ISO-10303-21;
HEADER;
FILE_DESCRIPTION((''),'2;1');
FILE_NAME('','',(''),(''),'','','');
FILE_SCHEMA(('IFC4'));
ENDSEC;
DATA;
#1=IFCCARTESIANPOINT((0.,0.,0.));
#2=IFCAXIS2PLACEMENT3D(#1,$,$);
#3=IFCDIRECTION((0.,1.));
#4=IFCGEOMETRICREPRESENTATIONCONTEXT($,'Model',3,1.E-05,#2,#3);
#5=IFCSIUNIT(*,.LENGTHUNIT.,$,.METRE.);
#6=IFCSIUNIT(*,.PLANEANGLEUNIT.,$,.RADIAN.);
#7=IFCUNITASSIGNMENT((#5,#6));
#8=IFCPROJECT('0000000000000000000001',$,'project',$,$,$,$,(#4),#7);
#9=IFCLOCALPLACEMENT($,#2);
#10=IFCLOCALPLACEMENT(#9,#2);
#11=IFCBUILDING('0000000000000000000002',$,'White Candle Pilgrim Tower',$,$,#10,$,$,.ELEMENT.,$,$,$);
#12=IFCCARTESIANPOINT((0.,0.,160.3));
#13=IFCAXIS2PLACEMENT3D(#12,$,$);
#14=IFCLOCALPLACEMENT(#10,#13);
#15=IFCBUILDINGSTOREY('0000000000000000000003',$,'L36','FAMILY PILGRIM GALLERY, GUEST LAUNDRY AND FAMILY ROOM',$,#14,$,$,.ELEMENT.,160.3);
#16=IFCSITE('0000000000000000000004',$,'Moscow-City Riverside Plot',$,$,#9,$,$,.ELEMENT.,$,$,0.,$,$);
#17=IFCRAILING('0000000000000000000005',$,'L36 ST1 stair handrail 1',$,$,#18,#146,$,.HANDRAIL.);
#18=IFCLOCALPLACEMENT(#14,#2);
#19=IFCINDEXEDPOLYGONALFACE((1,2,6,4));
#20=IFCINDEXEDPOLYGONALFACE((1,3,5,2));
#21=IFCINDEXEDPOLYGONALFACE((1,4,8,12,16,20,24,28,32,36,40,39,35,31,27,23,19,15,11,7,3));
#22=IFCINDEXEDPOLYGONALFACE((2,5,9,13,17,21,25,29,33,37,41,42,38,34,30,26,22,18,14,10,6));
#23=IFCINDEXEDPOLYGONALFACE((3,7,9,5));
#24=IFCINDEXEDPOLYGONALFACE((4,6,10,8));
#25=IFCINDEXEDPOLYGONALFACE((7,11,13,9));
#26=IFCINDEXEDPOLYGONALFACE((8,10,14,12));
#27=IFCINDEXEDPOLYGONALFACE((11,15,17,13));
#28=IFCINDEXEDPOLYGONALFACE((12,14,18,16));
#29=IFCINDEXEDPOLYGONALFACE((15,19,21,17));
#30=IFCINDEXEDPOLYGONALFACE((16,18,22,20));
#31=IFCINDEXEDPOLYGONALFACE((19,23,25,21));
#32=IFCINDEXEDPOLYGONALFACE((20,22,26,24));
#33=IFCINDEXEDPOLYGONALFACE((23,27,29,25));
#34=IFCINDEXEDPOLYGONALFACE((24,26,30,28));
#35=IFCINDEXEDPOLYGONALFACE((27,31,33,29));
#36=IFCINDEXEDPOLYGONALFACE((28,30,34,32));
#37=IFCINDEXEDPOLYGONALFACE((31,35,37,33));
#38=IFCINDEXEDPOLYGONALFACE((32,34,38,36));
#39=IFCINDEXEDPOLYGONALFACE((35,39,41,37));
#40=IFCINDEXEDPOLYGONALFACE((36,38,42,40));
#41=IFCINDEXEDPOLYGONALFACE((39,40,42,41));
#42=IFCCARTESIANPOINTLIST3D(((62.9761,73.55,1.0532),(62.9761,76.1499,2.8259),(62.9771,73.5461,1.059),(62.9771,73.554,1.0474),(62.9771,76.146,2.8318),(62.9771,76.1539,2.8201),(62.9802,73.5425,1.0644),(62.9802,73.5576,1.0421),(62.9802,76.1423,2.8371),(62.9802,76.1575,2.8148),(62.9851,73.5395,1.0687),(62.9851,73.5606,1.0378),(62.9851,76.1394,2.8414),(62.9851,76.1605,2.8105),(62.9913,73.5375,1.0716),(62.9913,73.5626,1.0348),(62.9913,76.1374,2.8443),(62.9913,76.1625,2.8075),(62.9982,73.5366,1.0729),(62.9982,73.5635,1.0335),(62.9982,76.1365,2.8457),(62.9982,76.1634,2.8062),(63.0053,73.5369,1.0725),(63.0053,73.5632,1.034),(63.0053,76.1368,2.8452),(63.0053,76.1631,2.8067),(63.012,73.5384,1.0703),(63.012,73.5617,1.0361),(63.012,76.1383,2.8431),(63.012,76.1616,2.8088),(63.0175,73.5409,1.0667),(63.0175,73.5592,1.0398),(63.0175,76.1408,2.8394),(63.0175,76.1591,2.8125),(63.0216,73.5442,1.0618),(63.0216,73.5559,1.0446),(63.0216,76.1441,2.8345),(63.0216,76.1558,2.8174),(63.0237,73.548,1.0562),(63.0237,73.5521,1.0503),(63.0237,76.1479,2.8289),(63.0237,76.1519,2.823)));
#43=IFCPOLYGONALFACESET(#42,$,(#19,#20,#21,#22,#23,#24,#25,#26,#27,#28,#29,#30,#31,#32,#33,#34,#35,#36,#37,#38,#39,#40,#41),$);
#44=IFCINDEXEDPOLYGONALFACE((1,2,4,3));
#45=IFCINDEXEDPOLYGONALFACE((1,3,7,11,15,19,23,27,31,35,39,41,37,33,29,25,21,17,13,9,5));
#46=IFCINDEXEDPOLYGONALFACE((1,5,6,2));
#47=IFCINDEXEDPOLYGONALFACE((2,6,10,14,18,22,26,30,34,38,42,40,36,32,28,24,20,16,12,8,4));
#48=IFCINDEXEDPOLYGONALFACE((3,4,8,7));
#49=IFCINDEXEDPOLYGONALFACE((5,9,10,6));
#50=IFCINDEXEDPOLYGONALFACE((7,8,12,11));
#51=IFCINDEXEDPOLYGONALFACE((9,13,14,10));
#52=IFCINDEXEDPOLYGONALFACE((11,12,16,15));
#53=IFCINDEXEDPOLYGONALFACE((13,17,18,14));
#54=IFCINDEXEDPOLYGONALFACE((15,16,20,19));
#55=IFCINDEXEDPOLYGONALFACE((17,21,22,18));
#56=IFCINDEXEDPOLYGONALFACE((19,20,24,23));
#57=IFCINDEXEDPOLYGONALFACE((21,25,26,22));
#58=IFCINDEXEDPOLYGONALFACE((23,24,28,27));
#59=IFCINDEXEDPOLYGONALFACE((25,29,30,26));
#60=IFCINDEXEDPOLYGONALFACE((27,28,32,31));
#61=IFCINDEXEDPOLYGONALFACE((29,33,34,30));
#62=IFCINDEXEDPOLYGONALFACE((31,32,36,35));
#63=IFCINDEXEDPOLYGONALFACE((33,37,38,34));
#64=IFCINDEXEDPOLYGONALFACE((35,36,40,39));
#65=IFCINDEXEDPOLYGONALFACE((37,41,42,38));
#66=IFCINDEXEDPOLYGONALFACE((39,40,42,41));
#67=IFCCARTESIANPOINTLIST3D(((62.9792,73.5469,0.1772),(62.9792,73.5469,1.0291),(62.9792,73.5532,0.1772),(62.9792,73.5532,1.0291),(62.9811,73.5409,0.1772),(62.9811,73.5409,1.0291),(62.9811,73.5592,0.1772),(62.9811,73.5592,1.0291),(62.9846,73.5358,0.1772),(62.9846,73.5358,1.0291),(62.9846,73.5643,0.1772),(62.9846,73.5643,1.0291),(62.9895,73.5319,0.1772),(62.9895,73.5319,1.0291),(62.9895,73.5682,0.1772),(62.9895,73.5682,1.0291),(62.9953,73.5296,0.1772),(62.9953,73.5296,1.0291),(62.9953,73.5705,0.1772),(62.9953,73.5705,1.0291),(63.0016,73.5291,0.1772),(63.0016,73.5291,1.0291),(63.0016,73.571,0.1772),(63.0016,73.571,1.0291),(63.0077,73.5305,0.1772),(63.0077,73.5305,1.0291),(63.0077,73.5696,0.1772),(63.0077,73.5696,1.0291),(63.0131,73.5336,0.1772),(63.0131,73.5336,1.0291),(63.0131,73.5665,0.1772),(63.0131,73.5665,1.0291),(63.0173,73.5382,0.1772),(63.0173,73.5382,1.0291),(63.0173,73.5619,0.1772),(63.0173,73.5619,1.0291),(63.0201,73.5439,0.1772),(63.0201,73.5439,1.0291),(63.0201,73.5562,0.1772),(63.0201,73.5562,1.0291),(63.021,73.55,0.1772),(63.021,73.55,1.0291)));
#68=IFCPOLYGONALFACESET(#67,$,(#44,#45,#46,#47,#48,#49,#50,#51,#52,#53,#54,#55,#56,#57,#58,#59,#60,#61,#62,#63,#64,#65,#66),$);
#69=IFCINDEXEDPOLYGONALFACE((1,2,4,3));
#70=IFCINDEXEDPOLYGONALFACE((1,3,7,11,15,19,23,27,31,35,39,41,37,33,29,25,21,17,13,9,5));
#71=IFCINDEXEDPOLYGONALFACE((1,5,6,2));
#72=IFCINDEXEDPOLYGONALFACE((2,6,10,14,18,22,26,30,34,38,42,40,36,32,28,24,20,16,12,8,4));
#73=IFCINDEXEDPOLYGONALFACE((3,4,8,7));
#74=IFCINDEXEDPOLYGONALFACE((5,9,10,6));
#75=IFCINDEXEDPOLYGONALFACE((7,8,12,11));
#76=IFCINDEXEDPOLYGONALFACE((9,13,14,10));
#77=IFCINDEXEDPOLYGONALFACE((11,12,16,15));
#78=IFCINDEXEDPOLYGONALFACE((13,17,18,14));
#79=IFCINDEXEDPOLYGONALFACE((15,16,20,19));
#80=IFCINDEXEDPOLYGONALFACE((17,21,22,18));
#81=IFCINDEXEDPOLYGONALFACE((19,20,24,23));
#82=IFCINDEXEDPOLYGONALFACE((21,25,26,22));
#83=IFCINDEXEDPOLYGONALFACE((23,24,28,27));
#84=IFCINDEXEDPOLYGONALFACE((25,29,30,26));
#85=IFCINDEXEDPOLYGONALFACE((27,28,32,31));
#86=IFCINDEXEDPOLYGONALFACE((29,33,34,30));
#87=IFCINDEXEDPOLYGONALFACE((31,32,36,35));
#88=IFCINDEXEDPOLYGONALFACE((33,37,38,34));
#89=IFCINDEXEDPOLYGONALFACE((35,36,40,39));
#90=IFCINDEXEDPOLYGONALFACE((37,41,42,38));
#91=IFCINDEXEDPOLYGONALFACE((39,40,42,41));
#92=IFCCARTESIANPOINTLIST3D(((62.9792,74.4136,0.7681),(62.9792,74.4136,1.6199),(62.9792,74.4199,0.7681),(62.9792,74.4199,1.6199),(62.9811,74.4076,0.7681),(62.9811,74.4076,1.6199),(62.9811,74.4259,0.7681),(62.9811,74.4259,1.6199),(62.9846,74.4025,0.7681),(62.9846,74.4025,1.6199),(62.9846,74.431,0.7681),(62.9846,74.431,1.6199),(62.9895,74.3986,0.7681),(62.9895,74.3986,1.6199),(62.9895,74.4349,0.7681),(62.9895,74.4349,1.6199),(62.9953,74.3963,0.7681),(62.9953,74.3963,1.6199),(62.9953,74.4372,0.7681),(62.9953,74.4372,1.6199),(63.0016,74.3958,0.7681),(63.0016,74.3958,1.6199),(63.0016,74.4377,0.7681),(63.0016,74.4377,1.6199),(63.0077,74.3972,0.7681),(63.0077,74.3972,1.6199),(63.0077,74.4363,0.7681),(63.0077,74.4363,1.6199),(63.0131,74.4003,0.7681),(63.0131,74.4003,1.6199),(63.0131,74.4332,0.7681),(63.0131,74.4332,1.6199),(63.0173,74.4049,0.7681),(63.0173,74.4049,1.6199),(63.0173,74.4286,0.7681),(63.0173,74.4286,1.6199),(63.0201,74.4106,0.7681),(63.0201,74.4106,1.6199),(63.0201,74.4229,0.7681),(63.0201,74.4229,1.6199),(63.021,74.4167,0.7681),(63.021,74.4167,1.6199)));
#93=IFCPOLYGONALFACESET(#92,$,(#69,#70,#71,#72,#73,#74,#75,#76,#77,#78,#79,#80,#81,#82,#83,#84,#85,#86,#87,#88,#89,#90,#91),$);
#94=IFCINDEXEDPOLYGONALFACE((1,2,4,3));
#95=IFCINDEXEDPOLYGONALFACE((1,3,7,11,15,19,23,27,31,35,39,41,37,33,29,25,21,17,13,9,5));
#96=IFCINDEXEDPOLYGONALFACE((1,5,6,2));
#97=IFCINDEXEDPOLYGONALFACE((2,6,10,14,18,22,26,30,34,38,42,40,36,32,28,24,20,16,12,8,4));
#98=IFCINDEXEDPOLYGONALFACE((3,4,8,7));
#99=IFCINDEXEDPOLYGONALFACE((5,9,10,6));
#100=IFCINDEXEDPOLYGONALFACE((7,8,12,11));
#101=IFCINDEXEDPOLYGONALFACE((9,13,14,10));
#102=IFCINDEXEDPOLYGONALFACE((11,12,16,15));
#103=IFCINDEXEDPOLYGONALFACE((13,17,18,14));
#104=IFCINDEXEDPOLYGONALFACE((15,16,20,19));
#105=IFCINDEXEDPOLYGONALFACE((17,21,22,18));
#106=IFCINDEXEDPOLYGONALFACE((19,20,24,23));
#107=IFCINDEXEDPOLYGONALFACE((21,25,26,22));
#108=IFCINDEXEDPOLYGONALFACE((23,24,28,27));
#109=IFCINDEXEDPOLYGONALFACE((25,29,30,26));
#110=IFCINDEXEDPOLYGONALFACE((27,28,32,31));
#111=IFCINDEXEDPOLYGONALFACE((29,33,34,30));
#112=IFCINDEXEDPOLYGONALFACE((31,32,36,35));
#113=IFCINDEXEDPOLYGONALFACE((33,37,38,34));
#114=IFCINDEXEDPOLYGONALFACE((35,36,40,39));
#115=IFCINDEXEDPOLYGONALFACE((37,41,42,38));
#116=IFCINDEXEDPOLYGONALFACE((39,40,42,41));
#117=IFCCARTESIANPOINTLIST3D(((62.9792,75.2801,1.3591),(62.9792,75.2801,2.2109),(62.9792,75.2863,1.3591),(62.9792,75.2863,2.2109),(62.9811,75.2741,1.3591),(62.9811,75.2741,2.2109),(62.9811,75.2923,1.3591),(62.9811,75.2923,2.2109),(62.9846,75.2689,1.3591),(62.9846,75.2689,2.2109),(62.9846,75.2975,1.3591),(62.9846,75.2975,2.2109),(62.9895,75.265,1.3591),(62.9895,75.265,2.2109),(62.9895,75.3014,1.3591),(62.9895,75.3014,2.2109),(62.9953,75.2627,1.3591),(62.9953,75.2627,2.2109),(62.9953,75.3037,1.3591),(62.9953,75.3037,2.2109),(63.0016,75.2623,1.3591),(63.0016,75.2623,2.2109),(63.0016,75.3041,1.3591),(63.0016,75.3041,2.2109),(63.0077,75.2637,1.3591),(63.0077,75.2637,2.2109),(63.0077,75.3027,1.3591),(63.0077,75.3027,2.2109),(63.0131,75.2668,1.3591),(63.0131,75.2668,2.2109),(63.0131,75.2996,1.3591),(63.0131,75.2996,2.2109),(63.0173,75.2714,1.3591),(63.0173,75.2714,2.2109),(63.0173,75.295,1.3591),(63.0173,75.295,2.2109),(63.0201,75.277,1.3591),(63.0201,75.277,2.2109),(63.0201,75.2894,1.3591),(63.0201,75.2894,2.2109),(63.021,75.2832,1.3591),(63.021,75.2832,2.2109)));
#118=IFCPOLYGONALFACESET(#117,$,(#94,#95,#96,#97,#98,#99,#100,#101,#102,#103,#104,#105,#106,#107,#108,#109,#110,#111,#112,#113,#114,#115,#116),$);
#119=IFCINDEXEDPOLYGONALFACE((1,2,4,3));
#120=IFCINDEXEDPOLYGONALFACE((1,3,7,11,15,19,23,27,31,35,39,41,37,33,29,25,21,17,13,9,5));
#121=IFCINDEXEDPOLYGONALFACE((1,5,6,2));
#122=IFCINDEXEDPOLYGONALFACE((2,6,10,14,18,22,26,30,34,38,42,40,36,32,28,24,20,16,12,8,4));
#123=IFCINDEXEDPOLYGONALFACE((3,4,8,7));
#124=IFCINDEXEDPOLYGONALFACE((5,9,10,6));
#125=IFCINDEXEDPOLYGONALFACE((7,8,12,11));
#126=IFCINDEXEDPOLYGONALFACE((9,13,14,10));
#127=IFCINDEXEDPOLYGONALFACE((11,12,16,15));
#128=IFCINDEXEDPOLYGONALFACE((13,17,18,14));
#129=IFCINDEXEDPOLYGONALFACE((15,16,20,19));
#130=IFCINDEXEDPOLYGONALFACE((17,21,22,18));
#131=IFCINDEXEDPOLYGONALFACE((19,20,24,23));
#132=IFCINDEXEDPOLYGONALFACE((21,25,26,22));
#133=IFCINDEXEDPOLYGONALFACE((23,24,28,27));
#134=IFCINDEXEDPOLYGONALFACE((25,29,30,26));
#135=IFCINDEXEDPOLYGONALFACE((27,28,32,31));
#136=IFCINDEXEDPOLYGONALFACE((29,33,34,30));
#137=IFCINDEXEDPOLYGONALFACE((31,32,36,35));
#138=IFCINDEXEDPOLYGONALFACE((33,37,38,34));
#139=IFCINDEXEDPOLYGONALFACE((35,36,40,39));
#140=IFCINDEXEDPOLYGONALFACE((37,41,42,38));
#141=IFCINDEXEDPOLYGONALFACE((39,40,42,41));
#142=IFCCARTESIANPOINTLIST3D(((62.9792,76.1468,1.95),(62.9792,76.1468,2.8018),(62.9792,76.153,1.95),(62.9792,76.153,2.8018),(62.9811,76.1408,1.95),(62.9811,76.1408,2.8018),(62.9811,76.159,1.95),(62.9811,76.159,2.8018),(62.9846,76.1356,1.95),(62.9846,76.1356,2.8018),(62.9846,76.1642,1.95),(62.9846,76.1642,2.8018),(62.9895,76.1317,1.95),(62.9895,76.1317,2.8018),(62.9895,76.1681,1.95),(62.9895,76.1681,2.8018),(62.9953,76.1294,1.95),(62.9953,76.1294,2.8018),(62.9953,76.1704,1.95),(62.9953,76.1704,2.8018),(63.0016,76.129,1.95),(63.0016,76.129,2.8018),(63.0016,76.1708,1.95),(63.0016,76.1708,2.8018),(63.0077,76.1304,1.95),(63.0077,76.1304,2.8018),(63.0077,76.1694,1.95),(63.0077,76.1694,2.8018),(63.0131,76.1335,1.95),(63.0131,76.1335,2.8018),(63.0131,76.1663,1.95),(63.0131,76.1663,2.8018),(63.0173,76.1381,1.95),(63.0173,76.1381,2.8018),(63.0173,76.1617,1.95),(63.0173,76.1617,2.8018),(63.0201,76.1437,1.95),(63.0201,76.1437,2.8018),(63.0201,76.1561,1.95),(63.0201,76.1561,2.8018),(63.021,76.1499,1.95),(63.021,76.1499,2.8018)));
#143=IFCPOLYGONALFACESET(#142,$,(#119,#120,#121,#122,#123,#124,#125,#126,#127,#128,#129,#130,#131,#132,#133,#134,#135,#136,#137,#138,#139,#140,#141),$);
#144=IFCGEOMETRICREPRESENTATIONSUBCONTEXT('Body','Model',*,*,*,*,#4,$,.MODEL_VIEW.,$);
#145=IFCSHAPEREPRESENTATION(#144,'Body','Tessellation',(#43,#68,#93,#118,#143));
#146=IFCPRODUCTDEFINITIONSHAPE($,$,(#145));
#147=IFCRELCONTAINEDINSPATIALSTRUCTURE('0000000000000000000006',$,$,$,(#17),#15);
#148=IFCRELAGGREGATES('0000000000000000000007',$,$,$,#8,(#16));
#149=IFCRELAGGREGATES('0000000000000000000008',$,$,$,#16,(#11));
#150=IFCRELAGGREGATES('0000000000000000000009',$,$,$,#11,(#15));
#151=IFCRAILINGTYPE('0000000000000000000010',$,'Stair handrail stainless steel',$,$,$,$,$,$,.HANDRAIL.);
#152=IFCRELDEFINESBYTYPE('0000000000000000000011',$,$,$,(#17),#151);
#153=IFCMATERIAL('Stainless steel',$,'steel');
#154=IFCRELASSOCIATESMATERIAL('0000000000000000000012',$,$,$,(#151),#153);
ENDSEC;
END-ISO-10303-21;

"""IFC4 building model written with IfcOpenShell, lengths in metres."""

from ifc_helpers import new_model, si_unit, direction, frame, origin, origin_2d, place, context, subcontext, project, spatial, circle, extrude, material, type_object, element, save


model = new_model("IFC4")

# Units and contexts
model_context = context("Model", 3, precision=1e-05, world=origin(), true_north=direction((0.0, 1.0)))
body_context = subcontext(model_context, "Body", "Model", "MODEL_VIEW")
ifc_project = project(units=[si_unit("LENGTHUNIT", "METRE"), si_unit("PLANEANGLEUNIT", "RADIAN")], contexts=[model_context])

# Site, building, storey
site_placement = place(None, origin())
site = spatial("IfcSite", under=ifc_project, at=site_placement, Name="Moscow-City Riverside Plot", CompositionType="ELEMENT", RefElevation=0.0)
building_placement = place(site_placement, origin())
building = spatial("IfcBuilding", under=site, at=building_placement, Name="White Candle Pilgrim Tower", CompositionType="ELEMENT")
storey_placement = place(building_placement, frame((0.0, 0.0, 160.3)))
storey = spatial("IfcBuildingStorey", under=building, at=storey_placement, Name="L36", Description="FAMILY PILGRIM GALLERY, GUEST LAUNDRY AND FAMILY ROOM", CompositionType="ELEMENT", Elevation=160.3)

# Railing
ifc_material_1 = material(Name="Stainless steel", Category="steel")
railing_type_1 = type_object("IfcRailingType", Name="Stair handrail stainless steel", PredefinedType="HANDRAIL", material=ifc_material_1)
railing_1_placement = place(storey_placement, frame((63.0, 73.55, 0.1772)))
element("IfcRailing", 1, at=railing_1_placement, inside=storey, type_object=railing_type_1, Name="L36 ST1 stair handrail 1", PredefinedType="HANDRAIL", context=body_context, shape_type="SweptSolid", body=[
    extrude(circle(Radius=0.0239, at=origin_2d()), frame((0.0, 0.0, 0.876), z_axis=(0.0, 0.826216, 0.563354), x_axis=(-1.0, 0.0, 0.0)), (0.0, 0.0, 1.0), 3.1467),
    extrude(circle(Radius=0.021, at=origin_2d()), origin(), (0.0, 0.0, 1.0), 0.8518),
    extrude(circle(Radius=0.021, at=origin_2d()), frame((0.0, 0.8667, 0.5908)), (0.0, 0.0, 1.0), 0.8518),
    extrude(circle(Radius=0.021, at=origin_2d()), frame((0.0, 1.7332, 1.1819)), (0.0, 0.0, 1.0), 0.8518),
    extrude(circle(Radius=0.021, at=origin_2d()), frame((0.0, 2.5999, 1.7727)), (0.0, 0.0, 1.0), 0.8518),
])

save(model, "model.ifc")
